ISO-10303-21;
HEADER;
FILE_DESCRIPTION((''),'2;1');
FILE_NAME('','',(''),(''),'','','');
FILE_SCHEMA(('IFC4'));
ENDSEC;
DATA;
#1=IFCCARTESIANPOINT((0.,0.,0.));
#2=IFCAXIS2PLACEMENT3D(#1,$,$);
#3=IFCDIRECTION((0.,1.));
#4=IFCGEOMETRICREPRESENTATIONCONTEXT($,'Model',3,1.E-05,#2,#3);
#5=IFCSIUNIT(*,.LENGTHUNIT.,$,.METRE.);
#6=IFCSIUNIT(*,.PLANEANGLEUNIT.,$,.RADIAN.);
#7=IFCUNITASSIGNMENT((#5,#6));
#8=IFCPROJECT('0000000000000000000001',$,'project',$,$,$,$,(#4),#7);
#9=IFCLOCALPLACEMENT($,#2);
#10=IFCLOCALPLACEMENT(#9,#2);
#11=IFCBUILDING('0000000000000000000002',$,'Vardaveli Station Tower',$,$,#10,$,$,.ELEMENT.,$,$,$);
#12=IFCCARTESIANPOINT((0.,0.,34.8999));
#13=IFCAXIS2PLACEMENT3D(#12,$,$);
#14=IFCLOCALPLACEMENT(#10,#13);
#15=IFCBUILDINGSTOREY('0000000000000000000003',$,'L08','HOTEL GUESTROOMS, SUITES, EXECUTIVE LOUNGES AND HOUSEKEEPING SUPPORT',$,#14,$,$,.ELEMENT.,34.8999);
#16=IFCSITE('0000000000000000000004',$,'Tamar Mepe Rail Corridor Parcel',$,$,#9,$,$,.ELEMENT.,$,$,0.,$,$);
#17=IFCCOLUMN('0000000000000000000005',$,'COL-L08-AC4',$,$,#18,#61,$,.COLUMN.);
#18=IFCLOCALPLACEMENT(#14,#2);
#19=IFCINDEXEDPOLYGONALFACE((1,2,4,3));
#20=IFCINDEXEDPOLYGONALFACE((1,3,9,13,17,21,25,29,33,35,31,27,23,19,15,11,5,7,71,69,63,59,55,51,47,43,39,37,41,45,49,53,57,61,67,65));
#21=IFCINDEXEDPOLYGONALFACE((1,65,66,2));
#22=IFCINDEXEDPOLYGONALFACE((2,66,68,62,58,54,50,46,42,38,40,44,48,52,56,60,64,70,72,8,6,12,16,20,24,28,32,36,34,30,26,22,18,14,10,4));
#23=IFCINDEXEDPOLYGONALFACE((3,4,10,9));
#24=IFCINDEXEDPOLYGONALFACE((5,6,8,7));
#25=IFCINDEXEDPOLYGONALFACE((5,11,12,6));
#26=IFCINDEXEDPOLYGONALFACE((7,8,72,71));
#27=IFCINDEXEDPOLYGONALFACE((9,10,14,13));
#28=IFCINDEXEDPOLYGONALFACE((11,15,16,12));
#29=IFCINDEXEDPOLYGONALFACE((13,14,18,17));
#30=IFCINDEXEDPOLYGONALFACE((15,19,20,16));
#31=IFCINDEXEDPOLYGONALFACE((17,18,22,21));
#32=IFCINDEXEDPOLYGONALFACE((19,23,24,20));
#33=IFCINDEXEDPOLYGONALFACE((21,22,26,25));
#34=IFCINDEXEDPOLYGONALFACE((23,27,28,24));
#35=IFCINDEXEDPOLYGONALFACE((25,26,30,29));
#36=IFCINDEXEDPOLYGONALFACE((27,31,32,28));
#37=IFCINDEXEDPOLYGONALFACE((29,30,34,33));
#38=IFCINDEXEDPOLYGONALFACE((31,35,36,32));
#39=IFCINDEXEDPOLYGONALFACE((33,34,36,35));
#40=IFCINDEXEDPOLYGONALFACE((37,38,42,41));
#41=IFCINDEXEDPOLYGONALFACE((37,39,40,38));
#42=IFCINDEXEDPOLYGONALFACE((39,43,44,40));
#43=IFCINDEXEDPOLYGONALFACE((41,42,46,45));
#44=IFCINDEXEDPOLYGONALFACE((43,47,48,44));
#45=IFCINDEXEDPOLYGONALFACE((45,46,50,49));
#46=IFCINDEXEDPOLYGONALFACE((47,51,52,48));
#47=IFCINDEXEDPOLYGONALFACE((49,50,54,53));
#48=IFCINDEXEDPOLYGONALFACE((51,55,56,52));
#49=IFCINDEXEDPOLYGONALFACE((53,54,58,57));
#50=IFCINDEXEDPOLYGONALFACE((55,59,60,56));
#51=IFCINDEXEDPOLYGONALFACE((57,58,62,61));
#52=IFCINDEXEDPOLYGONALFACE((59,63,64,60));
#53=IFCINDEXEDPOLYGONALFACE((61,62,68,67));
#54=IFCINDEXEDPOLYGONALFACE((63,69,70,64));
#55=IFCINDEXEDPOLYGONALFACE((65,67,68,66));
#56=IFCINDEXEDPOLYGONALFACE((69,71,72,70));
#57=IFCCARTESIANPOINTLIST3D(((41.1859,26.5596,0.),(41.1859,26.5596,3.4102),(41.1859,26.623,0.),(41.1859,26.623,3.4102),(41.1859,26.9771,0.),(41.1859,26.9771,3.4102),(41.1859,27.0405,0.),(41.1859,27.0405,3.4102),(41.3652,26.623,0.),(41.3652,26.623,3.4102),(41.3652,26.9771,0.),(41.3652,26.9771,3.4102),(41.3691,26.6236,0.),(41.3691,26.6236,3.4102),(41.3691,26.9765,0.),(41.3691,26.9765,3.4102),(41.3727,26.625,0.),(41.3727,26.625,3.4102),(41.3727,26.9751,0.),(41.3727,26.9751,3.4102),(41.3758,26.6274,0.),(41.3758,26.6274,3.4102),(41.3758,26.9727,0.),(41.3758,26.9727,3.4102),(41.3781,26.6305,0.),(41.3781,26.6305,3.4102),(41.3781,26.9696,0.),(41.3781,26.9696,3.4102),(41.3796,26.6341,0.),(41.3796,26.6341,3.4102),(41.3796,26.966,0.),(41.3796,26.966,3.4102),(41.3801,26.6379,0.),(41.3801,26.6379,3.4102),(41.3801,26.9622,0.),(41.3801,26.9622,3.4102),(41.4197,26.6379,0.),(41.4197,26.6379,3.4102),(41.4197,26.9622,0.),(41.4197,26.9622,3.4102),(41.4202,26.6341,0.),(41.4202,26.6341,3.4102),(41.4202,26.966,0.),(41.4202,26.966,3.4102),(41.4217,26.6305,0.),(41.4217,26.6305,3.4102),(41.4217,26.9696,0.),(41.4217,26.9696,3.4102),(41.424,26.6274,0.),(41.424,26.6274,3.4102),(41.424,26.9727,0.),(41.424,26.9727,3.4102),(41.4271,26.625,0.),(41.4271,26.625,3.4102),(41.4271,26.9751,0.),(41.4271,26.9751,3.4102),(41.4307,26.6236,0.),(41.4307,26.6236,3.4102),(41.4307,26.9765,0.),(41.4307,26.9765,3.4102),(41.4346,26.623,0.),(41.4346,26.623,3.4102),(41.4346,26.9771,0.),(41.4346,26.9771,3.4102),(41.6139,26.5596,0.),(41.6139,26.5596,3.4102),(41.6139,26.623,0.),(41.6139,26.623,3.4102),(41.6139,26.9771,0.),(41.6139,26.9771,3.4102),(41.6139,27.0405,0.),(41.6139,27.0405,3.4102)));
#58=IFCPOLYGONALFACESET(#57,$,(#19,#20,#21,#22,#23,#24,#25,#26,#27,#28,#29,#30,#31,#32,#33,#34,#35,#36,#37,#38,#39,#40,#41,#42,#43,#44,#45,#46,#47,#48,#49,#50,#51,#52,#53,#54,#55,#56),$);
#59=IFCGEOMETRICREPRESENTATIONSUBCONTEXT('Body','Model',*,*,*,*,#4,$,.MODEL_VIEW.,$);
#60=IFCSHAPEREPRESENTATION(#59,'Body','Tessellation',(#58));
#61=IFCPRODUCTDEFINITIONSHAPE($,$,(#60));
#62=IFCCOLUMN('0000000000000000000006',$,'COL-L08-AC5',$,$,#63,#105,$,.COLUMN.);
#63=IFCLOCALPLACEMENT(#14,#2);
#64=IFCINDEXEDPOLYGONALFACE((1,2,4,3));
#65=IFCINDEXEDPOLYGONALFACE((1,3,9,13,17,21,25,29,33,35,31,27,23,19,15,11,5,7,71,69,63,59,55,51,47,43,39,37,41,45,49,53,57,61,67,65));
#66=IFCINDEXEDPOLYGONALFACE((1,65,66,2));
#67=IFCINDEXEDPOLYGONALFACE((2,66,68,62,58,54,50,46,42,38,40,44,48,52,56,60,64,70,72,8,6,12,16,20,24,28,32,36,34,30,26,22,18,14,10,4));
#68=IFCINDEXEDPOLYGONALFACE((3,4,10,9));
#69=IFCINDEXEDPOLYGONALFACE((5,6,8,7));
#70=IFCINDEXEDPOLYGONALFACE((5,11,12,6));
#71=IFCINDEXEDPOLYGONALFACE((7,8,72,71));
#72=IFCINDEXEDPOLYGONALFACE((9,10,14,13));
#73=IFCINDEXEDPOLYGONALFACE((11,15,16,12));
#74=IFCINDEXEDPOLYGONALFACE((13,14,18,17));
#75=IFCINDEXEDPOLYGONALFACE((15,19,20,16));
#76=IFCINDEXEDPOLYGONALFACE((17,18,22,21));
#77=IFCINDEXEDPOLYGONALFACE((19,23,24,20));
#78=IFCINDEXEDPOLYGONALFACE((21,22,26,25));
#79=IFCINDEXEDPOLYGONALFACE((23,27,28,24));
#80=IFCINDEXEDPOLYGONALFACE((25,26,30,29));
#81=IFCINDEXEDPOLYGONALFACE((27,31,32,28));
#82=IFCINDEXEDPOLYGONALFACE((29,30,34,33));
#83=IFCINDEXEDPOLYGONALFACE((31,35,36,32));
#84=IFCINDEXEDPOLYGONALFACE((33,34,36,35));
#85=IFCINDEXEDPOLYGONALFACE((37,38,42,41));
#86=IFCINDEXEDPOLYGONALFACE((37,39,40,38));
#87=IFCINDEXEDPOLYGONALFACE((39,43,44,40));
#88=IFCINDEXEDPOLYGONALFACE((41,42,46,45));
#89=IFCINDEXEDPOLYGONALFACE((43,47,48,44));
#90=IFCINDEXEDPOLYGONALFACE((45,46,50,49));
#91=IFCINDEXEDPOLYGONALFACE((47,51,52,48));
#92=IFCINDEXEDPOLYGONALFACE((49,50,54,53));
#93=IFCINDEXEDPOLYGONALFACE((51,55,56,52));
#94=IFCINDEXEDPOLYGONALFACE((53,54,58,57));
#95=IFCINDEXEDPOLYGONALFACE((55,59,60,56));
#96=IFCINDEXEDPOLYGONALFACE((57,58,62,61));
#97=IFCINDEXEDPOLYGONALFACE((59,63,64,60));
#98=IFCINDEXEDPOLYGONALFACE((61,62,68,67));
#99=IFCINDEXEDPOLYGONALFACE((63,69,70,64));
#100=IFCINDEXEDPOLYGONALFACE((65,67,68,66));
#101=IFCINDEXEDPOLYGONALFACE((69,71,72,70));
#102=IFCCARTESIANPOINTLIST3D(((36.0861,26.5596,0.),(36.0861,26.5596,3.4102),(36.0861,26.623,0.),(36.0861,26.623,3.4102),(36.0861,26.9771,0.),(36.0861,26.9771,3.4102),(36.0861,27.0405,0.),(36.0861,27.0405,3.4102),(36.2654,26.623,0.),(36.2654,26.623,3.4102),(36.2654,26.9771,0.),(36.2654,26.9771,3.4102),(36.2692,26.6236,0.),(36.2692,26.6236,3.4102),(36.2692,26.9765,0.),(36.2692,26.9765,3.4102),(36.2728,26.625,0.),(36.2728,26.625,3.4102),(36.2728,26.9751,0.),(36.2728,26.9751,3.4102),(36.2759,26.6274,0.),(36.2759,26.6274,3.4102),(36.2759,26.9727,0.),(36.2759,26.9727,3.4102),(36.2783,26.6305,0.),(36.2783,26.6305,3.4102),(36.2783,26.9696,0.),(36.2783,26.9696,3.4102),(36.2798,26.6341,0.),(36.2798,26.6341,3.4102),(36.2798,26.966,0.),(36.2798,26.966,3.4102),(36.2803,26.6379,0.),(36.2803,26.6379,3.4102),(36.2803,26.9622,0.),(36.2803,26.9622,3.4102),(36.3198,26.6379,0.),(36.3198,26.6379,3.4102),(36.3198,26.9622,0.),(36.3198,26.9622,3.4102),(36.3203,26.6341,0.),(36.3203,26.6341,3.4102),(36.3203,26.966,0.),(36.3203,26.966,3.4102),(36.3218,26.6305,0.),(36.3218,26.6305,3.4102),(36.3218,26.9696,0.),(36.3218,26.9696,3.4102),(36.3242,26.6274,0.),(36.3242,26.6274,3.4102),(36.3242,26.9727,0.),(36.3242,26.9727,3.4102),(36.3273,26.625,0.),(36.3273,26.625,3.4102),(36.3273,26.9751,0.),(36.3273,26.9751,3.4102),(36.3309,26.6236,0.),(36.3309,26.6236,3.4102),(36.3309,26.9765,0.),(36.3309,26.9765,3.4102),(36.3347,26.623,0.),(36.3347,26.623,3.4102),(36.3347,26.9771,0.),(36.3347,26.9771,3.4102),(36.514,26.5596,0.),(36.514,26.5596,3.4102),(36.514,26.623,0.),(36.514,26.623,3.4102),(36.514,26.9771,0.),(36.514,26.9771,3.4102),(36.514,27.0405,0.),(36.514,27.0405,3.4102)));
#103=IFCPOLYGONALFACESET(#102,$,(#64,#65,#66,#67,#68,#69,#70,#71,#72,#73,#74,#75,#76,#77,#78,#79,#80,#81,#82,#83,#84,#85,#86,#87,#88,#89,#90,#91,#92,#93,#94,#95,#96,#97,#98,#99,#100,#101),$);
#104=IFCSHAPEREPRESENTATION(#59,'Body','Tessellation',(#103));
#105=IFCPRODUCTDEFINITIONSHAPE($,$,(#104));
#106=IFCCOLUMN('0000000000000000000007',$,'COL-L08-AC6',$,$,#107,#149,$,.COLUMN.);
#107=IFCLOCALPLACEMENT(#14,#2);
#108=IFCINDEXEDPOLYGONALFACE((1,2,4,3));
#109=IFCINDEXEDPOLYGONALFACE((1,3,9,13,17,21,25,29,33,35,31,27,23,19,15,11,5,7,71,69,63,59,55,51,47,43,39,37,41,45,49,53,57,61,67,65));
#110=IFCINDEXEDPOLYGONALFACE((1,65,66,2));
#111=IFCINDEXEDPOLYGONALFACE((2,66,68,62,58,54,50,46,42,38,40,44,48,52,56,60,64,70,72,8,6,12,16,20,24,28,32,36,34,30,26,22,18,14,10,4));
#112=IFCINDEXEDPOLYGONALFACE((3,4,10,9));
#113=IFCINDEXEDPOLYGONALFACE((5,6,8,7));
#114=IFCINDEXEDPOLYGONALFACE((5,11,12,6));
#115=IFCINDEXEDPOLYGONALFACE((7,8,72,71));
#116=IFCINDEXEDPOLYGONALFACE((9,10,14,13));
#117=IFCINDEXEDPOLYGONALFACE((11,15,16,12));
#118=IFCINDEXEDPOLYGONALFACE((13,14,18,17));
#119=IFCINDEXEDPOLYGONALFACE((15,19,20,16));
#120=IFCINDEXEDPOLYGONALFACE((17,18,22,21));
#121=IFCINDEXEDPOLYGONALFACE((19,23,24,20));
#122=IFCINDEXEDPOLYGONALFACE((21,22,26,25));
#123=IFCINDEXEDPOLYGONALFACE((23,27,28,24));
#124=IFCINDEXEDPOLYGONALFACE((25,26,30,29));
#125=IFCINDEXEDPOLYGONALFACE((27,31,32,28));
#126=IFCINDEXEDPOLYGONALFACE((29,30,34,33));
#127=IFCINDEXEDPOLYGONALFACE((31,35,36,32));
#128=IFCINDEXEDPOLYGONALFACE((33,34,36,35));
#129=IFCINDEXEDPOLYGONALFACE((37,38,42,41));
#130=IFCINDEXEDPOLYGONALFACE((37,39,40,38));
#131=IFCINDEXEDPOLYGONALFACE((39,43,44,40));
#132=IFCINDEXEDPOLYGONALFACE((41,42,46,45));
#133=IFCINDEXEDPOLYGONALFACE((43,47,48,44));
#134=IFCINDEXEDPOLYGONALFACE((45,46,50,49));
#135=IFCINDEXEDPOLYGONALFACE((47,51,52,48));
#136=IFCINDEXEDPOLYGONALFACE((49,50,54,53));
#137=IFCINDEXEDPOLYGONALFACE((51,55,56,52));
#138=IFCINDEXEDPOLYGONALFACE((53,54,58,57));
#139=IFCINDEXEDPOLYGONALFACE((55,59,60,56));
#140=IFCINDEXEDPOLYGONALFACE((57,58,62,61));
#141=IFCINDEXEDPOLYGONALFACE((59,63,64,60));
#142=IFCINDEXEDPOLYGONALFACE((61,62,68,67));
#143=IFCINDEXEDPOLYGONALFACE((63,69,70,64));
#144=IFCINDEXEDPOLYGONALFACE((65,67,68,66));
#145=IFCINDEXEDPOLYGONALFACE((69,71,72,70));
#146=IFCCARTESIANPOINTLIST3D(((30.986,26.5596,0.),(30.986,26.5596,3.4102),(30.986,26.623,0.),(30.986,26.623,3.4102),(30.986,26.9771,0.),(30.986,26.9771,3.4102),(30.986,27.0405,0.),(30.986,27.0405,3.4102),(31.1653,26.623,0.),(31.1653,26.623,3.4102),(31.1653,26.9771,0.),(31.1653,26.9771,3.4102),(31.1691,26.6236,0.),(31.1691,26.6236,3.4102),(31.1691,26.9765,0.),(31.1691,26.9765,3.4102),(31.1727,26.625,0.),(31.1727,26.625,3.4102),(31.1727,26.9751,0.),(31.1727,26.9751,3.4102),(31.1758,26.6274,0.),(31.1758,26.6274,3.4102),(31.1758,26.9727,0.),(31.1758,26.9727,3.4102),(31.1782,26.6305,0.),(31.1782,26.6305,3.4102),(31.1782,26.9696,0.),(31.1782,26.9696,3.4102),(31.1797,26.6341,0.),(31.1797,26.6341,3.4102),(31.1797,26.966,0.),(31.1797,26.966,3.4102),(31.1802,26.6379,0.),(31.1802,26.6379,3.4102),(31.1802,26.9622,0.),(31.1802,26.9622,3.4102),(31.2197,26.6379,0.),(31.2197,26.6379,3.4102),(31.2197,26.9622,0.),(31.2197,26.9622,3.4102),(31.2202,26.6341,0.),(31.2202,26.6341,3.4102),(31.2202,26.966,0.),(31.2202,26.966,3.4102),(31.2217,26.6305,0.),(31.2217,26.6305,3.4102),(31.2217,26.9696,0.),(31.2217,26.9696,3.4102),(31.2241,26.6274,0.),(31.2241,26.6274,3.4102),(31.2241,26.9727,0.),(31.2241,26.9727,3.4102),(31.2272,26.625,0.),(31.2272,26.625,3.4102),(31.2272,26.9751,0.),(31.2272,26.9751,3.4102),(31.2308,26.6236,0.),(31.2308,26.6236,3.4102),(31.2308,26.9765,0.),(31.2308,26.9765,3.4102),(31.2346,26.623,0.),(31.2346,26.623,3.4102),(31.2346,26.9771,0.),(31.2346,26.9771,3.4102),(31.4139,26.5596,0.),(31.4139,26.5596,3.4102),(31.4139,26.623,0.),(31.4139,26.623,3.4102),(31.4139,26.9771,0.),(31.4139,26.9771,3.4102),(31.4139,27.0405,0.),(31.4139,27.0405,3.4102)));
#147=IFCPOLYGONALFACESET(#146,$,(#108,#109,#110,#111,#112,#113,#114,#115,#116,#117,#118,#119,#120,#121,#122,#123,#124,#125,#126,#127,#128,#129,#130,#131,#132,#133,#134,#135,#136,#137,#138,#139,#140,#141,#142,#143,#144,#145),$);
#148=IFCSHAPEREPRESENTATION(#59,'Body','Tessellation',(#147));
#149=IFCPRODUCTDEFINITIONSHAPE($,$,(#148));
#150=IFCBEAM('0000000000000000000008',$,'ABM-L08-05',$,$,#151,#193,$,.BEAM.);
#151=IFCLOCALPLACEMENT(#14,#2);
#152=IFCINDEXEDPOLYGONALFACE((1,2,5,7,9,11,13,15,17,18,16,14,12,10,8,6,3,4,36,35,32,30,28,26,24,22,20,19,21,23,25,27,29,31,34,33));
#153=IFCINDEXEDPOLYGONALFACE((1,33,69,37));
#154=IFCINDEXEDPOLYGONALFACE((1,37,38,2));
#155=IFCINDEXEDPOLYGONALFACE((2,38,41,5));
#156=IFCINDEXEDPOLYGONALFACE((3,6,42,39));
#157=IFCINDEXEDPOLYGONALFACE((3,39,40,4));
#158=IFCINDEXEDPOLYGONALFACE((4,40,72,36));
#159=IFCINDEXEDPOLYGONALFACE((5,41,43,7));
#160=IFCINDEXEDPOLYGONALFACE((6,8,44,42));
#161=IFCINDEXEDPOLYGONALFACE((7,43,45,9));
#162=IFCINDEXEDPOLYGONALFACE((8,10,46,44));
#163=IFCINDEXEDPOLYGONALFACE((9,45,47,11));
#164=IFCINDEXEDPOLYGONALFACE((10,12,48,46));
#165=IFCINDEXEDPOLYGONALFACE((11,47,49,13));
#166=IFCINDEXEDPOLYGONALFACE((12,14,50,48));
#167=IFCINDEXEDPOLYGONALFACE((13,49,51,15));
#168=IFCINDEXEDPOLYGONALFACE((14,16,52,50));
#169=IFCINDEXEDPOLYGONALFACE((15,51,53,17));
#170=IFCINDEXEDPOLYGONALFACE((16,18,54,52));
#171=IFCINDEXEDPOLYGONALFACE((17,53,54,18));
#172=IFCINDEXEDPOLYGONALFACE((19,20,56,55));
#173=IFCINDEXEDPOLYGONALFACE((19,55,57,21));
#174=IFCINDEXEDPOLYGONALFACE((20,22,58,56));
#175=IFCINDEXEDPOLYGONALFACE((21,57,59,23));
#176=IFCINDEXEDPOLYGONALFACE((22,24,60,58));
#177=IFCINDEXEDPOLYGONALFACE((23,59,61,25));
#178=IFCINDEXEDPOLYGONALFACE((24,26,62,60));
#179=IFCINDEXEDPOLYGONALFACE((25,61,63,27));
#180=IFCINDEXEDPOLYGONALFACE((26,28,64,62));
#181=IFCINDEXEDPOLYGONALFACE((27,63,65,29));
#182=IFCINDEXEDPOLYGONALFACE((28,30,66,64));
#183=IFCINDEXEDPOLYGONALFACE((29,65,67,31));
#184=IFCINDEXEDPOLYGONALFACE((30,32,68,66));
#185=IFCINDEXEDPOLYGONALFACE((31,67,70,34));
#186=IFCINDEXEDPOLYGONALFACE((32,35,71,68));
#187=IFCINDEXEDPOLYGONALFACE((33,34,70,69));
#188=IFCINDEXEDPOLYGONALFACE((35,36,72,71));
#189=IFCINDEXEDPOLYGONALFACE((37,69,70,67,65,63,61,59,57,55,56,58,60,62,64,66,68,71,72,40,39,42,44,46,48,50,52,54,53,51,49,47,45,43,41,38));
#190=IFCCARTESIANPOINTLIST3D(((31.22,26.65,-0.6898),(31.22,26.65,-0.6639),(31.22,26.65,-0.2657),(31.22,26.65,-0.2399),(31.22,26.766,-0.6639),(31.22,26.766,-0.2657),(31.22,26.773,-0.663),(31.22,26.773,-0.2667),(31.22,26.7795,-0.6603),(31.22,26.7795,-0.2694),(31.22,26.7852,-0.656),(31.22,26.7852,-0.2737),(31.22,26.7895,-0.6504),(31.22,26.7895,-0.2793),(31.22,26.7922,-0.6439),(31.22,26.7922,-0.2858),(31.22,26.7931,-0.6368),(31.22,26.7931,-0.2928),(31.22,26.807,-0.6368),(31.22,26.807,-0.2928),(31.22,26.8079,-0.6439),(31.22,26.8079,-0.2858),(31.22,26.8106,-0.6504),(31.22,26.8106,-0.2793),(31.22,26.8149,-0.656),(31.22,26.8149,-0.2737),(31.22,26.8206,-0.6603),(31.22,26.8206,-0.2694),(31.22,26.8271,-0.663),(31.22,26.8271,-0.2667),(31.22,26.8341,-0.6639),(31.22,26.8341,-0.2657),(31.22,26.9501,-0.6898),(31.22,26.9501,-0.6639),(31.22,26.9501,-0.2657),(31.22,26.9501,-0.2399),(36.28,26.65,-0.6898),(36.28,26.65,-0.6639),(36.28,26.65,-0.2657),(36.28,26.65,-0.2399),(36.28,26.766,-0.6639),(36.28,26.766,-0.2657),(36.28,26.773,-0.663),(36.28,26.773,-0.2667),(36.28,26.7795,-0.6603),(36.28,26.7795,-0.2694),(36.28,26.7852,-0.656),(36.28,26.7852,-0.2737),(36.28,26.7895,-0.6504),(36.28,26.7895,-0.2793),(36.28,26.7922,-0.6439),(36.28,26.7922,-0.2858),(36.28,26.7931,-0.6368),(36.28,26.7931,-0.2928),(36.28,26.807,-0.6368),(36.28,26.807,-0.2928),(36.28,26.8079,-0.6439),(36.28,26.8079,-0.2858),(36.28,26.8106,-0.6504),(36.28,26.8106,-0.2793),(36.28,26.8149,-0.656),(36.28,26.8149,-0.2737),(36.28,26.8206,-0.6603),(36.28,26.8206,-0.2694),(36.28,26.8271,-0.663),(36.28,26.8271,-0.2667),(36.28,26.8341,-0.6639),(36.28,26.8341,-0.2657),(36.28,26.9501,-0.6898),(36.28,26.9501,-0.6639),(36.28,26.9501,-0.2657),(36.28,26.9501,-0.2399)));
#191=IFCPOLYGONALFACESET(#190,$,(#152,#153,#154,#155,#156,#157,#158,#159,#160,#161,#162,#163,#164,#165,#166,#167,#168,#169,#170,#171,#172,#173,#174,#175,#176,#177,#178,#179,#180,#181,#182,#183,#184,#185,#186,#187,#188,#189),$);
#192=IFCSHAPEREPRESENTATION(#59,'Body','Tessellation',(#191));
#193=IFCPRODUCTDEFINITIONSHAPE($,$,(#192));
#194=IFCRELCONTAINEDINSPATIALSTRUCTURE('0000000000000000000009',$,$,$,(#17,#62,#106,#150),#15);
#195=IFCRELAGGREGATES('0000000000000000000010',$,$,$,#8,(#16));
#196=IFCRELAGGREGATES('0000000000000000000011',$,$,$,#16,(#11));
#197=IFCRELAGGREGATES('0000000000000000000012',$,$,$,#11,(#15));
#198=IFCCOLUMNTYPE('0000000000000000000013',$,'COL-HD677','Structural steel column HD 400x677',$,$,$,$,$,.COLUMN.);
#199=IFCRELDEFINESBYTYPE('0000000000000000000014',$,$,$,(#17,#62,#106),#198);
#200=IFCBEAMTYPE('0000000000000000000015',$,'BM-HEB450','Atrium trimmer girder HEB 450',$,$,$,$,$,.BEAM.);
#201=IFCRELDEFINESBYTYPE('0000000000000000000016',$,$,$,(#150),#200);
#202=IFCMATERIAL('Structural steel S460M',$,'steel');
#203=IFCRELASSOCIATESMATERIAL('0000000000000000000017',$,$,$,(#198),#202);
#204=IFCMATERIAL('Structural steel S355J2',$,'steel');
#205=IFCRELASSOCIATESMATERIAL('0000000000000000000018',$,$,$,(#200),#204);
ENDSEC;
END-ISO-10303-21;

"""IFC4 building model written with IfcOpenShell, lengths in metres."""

from ifc_helpers import new_model, si_unit, direction, frame, origin, origin_2d, place, context, subcontext, project, spatial, i_section, extrude, source, transform, mapped, material, material_profile, profile_set, type_object, element, save


model = new_model("IFC4")

# Units and contexts
model_context = context("Model", 3, precision=1e-05, world=origin(), true_north=direction((0.0, 1.0)))
body_context = subcontext(model_context, "Body", "Model", "MODEL_VIEW")
ifc_project = project(units=[si_unit("LENGTHUNIT", "METRE"), si_unit("PLANEANGLEUNIT", "RADIAN")], contexts=[model_context])

# Site, building, storey
site_placement = place(None, origin())
site = spatial("IfcSite", under=ifc_project, at=site_placement, Name="Tamar Mepe Rail Corridor Parcel", CompositionType="ELEMENT", RefElevation=0.0)
building_placement = place(site_placement, origin())
building = spatial("IfcBuilding", under=site, at=building_placement, Name="Vardaveli Station Tower", CompositionType="ELEMENT")
storey_placement = place(building_placement, frame((0.0, 0.0, 34.8999)))
storey = spatial("IfcBuildingStorey", under=building, at=storey_placement, Name="L08", Description="HOTEL GUESTROOMS, SUITES, EXECUTIVE LOUNGES AND HOUSEKEEPING SUPPORT", CompositionType="ELEMENT", Elevation=34.8999)

# Columns
ifc_material_1 = material(Name="Structural steel S460M", Category="steel")
ifc_material_profile_1 = material_profile(ifc_material_1, i_section(OverallWidth=0.428, OverallDepth=0.481, WebThickness=0.0396, FlangeThickness=0.0635, FilletRadius=0.0149, at=origin_2d()), Name="HD 400x677")
ifc_profile_set_1 = profile_set([ifc_material_profile_1], Name="Structural steel S460M")
column_type = type_object("IfcColumnType", Name="COL-HD677", Description="Structural steel column HD 400x677", PredefinedType="COLUMN", material=ifc_profile_set_1)
shared_shape_1 = source(origin(), body_context, "Body", "SweptSolid", [
    extrude(i_section(OverallWidth=0.428, OverallDepth=0.481, WebThickness=0.0396, FlangeThickness=0.0635, FilletRadius=0.0149, at=origin_2d()), origin(), (0.0, 0.0, 1.0), 3.4102),
])
for number, where, z_axis, x_axis, name in (
    (1, (41.3999, 26.8, 0.0), (0.0, 0.0, 1.0), (1.0, 0.0, 0.0), "COL-L08-AC4"),
    (2, (36.3, 26.8, 0.0), (0.0, 0.0, 1.0), (1.0, 0.0, 0.0), "COL-L08-AC5"),
    (3, (31.2, 26.8, 0.0), (0.0, 0.0, 1.0), (1.0, 0.0, 0.0), "COL-L08-AC6"),
):
    element("IfcColumn", number, at=place(storey_placement, frame(where, z_axis=z_axis, x_axis=x_axis)), inside=storey, type_object=column_type, Name=name, PredefinedType="COLUMN", context=body_context, shape_type="MappedRepresentation", body=[
        mapped(shared_shape_1, transform((0.0, 0.0, 0.0), scale=1.0)),
    ])

# Beam
ifc_material_2 = material(Name="Structural steel S355J2", Category="steel")
ifc_material_profile_2 = material_profile(ifc_material_2, i_section(OverallWidth=0.3, OverallDepth=0.45, WebThickness=0.0139, FlangeThickness=0.0259, FilletRadius=0.0271, at=origin_2d()), Name="HEB 450")
ifc_profile_set_2 = profile_set([ifc_material_profile_2], Name="Structural steel S355J2")
beam_type_1 = type_object("IfcBeamType", Name="BM-HEB450", Description="Atrium trimmer girder HEB 450", PredefinedType="BEAM", material=ifc_profile_set_2)
shared_shape_2 = source(origin(), body_context, "Body", "SweptSolid", [
    extrude(i_section(OverallWidth=0.3, OverallDepth=0.45, WebThickness=0.0139, FlangeThickness=0.0259, FilletRadius=0.0271, at=origin_2d()), origin(), (0.0, 0.0, 1.0), 5.0601),
])
beam_1_placement = place(storey_placement, frame((36.28, 26.8, -0.4648), z_axis=(-1.0, 0.0, 0.0), x_axis=(0.0, -1.0, 0.0)))
element("IfcBeam", 4, at=beam_1_placement, inside=storey, type_object=beam_type_1, Name="ABM-L08-05", PredefinedType="BEAM", context=body_context, shape_type="MappedRepresentation", body=[
    mapped(shared_shape_2, transform((0.0, 0.0, 0.0), scale=1.0)),
])

save(model, "model.ifc")
